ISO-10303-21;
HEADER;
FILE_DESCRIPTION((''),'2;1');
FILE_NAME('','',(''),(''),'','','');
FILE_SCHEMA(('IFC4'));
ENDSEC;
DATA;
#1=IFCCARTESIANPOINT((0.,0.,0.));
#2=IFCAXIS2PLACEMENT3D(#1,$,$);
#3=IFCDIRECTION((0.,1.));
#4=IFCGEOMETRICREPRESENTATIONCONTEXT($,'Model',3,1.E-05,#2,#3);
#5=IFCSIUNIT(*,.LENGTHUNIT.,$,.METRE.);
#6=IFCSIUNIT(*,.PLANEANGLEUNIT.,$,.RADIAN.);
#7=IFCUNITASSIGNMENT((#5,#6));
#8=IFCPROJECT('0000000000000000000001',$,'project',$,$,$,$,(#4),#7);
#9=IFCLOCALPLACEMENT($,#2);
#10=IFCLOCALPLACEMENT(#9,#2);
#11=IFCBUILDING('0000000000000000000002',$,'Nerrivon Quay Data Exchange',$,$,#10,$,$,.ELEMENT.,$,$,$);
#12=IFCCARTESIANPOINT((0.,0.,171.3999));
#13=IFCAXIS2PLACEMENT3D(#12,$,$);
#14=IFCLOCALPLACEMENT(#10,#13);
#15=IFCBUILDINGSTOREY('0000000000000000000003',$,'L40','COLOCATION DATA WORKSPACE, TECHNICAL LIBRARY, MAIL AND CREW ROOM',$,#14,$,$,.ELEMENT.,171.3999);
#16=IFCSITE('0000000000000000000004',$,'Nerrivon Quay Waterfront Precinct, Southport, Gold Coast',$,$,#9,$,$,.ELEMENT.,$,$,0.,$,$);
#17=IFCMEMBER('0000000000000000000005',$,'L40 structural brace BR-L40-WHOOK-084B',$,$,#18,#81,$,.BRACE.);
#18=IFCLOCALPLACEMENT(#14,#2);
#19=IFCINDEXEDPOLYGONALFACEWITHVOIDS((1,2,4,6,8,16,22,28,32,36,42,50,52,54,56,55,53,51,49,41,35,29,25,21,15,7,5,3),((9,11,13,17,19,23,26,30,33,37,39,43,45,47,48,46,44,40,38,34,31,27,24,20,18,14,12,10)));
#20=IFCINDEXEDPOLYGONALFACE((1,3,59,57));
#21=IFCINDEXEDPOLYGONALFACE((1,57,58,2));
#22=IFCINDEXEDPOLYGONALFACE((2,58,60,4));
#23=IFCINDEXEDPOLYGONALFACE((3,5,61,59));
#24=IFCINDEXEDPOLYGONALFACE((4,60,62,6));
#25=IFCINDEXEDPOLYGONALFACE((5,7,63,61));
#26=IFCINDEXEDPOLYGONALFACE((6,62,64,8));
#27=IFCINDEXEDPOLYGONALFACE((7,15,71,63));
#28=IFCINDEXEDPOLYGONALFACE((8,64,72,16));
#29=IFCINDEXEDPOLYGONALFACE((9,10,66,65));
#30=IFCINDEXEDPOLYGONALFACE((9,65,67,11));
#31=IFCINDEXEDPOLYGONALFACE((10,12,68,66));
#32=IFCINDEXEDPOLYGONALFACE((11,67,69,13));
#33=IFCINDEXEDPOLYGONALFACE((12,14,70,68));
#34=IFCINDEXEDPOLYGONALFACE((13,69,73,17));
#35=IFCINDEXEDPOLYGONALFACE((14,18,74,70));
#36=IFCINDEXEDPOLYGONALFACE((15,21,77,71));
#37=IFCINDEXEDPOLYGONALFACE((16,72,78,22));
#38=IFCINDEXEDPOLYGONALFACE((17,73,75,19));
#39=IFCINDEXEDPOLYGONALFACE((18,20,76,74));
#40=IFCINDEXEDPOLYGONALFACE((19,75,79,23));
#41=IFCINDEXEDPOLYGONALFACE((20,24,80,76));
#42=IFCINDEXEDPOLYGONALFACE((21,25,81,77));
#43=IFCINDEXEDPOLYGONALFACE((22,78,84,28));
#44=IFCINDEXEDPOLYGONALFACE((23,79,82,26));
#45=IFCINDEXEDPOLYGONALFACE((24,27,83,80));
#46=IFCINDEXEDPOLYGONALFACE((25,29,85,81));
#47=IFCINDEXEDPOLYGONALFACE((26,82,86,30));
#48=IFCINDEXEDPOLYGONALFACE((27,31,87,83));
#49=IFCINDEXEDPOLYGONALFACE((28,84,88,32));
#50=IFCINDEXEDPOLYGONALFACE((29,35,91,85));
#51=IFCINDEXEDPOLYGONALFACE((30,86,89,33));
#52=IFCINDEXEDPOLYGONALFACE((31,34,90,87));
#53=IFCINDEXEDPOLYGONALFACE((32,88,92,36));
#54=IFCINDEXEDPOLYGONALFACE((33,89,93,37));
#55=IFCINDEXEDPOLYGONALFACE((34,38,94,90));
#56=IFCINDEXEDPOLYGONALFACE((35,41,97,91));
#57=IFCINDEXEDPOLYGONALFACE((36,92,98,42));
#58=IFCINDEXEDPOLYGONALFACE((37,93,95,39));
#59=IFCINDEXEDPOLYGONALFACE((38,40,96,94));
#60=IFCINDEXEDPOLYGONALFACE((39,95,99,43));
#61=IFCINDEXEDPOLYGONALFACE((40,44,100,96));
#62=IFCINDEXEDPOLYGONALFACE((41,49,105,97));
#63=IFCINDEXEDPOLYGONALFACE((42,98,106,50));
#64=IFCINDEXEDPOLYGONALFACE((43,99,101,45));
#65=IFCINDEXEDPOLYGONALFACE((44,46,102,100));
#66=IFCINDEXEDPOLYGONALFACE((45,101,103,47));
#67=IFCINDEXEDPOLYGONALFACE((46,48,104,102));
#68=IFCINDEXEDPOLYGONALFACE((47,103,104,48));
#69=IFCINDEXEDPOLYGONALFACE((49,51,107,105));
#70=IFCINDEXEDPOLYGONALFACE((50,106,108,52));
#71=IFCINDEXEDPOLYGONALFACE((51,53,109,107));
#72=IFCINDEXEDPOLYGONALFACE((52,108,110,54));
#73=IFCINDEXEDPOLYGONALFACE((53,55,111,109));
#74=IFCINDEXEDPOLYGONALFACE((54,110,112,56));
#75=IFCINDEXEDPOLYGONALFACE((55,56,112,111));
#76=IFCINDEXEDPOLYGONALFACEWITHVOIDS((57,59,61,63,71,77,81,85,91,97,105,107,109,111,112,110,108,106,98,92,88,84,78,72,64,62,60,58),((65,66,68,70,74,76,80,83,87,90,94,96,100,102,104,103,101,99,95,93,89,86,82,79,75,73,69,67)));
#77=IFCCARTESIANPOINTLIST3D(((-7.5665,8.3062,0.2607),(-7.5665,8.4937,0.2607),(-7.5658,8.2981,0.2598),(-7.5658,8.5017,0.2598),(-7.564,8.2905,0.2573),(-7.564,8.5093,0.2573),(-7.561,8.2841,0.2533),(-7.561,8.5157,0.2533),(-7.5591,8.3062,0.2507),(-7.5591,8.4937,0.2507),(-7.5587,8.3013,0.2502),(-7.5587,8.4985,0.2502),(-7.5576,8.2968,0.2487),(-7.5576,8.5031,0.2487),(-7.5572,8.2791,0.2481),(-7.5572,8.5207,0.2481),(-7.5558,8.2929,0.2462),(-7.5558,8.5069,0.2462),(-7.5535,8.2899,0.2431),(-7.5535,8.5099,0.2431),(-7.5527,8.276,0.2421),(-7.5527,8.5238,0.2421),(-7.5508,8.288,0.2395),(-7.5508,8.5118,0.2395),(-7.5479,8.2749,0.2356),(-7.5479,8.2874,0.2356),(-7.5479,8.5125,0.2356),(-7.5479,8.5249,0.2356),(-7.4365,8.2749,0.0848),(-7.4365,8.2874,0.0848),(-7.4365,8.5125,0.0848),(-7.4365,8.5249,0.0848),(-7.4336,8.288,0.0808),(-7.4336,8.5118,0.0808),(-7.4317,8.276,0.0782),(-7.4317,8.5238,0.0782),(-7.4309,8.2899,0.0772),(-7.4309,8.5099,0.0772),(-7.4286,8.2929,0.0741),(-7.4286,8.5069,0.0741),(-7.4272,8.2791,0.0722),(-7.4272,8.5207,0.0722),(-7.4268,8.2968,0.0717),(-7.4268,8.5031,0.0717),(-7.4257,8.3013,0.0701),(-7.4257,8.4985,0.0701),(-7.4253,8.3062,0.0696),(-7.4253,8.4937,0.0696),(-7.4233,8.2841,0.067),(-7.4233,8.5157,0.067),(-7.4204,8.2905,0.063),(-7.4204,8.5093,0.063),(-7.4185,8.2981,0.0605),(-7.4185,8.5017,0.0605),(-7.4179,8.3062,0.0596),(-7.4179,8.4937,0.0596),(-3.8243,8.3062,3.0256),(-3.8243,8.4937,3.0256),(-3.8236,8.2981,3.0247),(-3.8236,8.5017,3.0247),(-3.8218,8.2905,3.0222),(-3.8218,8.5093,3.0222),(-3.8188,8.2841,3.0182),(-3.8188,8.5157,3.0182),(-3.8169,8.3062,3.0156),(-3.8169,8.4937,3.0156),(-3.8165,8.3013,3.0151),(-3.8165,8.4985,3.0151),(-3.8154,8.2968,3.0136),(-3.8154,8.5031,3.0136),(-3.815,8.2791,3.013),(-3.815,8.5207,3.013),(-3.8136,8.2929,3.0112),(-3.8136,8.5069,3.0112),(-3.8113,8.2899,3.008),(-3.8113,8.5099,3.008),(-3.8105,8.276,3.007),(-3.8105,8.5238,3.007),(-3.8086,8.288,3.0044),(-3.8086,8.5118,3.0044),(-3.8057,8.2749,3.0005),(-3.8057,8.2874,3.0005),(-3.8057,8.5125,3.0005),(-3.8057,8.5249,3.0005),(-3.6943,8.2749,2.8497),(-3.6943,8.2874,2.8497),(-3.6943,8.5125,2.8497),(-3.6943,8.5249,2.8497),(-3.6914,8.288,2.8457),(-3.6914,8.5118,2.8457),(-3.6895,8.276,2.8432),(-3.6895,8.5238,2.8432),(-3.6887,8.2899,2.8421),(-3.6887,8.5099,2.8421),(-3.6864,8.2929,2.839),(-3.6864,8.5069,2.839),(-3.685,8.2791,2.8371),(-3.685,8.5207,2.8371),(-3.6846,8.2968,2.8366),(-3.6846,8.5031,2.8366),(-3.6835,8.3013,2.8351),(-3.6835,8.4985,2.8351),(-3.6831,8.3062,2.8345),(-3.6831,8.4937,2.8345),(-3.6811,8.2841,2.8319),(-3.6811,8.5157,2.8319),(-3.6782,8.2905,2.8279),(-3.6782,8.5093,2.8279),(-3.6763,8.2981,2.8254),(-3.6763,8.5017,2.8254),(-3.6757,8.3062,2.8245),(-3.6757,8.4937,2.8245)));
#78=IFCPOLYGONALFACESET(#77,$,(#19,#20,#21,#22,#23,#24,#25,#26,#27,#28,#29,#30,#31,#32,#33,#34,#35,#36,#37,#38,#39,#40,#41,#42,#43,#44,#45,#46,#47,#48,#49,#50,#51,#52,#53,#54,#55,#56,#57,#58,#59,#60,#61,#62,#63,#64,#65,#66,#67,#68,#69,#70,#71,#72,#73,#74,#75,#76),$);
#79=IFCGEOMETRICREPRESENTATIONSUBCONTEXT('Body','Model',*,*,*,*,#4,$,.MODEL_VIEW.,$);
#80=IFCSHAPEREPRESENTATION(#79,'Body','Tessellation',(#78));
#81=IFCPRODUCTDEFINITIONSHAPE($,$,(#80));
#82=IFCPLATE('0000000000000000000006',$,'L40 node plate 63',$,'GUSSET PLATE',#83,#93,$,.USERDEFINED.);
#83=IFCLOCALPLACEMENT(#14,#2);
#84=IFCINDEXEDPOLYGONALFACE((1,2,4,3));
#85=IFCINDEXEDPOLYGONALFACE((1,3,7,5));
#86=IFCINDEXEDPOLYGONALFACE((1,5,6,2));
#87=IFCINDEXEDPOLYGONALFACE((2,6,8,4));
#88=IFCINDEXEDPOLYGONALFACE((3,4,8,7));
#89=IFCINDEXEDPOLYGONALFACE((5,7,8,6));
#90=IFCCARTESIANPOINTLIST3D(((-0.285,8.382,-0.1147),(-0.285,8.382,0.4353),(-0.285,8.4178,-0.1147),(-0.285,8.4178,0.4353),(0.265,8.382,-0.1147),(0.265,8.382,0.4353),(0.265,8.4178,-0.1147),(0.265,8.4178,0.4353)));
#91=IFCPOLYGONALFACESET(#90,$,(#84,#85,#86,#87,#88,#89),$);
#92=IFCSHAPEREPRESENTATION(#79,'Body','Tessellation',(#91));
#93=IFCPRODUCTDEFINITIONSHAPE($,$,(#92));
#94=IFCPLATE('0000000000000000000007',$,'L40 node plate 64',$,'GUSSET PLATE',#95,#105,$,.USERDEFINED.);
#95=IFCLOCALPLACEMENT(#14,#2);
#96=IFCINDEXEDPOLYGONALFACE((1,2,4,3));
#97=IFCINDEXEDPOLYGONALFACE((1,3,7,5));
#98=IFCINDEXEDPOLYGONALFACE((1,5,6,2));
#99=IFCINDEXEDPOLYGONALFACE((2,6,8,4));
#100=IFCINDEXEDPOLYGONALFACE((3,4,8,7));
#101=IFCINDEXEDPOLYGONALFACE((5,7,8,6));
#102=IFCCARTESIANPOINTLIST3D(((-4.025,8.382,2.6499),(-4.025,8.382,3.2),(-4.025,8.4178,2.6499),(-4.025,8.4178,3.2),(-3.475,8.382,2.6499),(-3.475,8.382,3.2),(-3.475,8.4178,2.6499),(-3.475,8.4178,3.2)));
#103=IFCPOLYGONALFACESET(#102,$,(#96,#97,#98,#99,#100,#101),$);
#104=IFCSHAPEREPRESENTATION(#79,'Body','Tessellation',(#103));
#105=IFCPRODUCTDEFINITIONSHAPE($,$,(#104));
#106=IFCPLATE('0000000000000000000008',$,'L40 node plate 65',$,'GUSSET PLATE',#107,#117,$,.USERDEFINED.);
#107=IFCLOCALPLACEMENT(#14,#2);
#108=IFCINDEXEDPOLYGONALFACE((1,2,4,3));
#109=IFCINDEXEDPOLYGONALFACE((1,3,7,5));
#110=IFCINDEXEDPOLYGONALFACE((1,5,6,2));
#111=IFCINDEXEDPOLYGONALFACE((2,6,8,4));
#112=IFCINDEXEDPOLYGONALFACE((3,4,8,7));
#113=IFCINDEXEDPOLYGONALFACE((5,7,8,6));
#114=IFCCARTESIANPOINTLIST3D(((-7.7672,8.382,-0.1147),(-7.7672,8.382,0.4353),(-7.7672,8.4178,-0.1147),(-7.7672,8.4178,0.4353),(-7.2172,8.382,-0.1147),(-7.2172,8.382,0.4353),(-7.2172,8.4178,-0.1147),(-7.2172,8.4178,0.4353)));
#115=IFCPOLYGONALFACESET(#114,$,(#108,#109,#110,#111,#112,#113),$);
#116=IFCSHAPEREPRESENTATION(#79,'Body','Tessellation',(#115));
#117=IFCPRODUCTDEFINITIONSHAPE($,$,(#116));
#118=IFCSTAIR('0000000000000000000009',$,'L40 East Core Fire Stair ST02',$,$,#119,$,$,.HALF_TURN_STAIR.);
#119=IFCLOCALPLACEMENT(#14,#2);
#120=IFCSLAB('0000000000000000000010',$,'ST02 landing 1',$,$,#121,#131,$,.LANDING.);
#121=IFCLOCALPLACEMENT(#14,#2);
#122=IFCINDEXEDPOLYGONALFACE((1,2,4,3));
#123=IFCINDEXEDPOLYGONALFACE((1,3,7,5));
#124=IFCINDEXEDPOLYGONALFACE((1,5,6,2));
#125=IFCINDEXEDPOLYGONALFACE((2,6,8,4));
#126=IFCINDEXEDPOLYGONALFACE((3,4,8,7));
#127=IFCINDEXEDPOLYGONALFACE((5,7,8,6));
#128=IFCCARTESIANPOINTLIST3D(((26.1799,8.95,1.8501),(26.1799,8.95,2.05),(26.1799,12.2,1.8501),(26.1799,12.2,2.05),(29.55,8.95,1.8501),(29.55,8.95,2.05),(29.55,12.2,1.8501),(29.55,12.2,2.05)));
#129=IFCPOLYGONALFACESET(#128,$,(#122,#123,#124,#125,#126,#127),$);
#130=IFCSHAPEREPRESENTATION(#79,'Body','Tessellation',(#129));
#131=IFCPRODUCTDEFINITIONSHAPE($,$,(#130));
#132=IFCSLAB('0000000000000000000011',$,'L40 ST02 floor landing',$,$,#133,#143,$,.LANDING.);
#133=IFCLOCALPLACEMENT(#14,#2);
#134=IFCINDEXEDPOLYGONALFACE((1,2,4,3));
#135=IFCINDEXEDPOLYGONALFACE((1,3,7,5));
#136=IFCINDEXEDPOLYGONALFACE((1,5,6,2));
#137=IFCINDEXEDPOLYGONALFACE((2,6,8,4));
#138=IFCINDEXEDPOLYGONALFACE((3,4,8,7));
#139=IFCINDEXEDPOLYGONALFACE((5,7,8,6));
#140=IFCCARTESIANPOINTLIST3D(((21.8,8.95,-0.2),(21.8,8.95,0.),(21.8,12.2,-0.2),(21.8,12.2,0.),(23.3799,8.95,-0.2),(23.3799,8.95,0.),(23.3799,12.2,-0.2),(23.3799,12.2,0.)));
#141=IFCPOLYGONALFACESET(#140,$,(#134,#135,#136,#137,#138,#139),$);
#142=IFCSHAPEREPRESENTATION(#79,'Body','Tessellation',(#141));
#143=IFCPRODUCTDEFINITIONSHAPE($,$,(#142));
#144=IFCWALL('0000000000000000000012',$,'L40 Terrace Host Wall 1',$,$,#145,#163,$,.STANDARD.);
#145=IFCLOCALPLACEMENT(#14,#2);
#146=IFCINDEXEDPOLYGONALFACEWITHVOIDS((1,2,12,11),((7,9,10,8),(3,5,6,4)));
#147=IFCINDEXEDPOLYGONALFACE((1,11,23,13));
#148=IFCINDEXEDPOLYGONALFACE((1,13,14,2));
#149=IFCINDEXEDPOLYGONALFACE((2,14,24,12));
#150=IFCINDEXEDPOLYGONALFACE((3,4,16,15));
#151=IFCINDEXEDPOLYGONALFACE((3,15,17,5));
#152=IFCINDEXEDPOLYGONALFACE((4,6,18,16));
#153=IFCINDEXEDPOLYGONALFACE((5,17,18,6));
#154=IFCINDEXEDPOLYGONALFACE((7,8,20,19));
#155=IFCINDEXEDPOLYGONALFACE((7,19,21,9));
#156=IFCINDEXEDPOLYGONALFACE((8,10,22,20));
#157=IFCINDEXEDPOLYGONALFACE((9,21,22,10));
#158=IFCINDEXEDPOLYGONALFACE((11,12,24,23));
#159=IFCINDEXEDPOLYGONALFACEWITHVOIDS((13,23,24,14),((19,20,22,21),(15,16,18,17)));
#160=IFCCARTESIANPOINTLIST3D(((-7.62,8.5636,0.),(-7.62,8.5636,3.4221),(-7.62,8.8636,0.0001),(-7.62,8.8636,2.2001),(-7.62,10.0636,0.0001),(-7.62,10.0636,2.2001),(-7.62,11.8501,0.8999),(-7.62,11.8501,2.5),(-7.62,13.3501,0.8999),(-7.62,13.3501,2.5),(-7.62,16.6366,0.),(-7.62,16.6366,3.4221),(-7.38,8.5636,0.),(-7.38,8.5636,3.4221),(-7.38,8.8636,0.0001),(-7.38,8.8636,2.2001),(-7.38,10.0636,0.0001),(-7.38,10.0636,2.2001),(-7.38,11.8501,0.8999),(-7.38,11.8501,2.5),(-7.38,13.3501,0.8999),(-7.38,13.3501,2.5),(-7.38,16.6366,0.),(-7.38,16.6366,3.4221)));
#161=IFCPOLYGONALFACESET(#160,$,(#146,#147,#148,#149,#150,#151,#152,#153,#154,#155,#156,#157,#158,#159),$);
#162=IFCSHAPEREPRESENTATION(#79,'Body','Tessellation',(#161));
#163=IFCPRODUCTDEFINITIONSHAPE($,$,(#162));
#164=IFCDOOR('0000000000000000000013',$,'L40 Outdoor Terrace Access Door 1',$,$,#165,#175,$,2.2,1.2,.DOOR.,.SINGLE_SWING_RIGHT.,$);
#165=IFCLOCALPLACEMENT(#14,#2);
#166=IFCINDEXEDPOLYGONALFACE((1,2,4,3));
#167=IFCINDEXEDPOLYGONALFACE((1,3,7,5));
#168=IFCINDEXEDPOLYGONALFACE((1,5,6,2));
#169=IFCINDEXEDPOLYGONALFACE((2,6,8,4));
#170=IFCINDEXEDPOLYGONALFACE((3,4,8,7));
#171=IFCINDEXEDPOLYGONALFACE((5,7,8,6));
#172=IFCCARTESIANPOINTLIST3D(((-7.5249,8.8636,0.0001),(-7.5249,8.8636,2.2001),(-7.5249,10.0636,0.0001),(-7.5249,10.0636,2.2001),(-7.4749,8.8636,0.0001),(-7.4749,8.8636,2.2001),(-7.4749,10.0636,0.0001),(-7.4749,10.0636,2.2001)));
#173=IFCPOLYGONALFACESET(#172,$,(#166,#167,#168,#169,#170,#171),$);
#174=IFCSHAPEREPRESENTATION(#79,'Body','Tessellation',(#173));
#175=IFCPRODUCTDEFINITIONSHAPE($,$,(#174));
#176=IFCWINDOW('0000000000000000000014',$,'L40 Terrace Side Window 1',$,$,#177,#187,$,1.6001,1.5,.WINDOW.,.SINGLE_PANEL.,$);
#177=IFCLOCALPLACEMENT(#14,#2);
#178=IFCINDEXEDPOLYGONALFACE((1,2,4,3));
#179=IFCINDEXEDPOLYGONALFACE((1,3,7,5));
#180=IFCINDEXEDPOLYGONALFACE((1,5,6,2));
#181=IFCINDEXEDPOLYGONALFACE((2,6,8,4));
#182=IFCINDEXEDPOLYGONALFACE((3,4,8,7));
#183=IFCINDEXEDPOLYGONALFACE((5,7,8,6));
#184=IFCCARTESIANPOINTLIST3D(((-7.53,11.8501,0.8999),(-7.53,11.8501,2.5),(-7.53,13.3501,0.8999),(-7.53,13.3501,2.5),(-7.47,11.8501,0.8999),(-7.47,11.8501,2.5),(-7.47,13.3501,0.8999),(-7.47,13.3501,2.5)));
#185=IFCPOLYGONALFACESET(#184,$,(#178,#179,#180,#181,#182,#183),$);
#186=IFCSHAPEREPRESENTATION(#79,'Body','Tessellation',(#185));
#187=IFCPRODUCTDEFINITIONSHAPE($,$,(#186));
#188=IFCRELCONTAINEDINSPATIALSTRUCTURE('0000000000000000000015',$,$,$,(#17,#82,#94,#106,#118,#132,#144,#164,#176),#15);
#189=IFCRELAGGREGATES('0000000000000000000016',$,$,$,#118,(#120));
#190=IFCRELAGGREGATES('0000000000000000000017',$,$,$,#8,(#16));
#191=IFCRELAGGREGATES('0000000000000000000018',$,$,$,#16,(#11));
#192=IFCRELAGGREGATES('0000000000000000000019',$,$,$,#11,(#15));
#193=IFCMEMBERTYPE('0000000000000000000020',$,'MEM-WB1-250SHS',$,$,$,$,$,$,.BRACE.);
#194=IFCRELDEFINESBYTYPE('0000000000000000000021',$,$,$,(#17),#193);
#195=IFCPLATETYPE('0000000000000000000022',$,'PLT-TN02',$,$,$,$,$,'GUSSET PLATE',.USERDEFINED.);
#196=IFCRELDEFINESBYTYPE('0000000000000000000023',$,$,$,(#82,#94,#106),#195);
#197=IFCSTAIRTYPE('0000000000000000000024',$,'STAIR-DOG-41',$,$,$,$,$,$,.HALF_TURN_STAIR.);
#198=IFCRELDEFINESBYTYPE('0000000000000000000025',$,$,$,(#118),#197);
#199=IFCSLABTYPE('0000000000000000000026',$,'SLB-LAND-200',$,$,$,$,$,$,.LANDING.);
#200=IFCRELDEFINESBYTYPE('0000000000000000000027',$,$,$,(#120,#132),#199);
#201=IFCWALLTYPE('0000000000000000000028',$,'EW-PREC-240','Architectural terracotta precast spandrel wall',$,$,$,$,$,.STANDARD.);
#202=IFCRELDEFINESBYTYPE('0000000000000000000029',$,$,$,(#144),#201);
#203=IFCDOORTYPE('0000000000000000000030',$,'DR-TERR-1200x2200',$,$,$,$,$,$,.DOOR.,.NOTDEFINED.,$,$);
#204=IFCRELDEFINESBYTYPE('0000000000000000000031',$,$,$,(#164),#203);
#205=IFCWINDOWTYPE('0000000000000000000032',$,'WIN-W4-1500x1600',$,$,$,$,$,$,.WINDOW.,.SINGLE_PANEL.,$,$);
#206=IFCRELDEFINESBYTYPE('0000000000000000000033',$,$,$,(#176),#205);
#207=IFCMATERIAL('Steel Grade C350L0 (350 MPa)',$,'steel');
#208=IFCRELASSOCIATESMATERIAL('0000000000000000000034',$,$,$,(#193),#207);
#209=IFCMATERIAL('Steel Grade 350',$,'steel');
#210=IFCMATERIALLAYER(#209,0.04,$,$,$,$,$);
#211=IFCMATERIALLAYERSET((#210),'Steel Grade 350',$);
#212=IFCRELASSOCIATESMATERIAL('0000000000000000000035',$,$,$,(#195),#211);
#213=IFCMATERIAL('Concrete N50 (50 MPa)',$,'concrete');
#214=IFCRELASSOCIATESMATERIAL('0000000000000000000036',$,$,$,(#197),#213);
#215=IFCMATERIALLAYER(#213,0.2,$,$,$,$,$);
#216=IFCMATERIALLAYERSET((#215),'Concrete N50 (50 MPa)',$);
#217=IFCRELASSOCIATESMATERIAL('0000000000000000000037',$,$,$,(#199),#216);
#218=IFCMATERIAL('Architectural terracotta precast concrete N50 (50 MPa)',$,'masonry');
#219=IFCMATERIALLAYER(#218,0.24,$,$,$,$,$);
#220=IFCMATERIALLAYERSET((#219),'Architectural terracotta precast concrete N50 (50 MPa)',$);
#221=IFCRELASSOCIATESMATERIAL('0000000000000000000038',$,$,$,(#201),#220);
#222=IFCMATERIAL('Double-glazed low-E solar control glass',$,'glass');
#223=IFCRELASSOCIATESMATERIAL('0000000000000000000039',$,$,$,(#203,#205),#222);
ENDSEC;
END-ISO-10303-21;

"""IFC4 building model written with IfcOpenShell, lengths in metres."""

from ifc_helpers import new_model, si_unit, direction, frame, frame_2d, origin, origin_2d, place, context, subcontext, project, spatial, polyline, rectangle, hollow_rectangle, outline, extrude, material, layer, layer_set, material_profile, profile_set, type_object, element, fill, aggregate, save


model = new_model("IFC4")

# Units and contexts
model_context = context("Model", 3, precision=1e-05, world=origin(), true_north=direction((0.0, 1.0)))
body_context = subcontext(model_context, "Body", "Model", "MODEL_VIEW")
ifc_project = project(units=[si_unit("LENGTHUNIT", "METRE"), si_unit("PLANEANGLEUNIT", "RADIAN")], contexts=[model_context])

# Site, building, storey
site_placement = place(None, origin())
site = spatial("IfcSite", under=ifc_project, at=site_placement, Name="Nerrivon Quay Waterfront Precinct, Southport, Gold Coast", CompositionType="ELEMENT", RefElevation=0.0)
building_placement = place(site_placement, origin())
building = spatial("IfcBuilding", under=site, at=building_placement, Name="Nerrivon Quay Data Exchange", CompositionType="ELEMENT")
storey_placement = place(building_placement, frame((0.0, 0.0, 171.3999)))
storey = spatial("IfcBuildingStorey", under=building, at=storey_placement, Name="L40", Description="COLOCATION DATA WORKSPACE, TECHNICAL LIBRARY, MAIL AND CREW ROOM", CompositionType="ELEMENT", Elevation=171.3999)

# Shared definitions
ifc_material_1 = material(Name="Steel Grade 350", Category="steel")

# Member
ifc_material_2 = material(Name="Steel Grade C350L0 (350 MPa)", Category="steel")
ifc_material_profile_1 = material_profile(ifc_material_2, hollow_rectangle(XDim=0.25, YDim=0.25, WallThickness=0.0125, InnerFilletRadius=0.0188, OuterFilletRadius=0.0312, at=origin_2d()), Name="250x250x12.5SHS")
ifc_profile_set_1 = profile_set([ifc_material_profile_1], Name="Steel Grade C350L0 (350 MPa)")
member_type_1 = type_object("IfcMemberType", Name="MEM-WB1-250SHS", PredefinedType="BRACE", material=ifc_profile_set_1)
member_1_placement = place(storey_placement, frame((-7.4922, 8.3999, 0.1602), z_axis=(0.804286, 0.0, 0.594242), x_axis=(0.0, 1.0, 0.0)))
element("IfcMember", 1, at=member_1_placement, inside=storey, type_object=member_type_1, Name="L40 structural brace BR-L40-WHOOK-084B", PredefinedType="BRACE", context=body_context, shape_type="SweptSolid", body=[
    extrude(hollow_rectangle(XDim=0.25, YDim=0.25, WallThickness=0.0125, InnerFilletRadius=0.0188, OuterFilletRadius=0.0312, at=origin_2d()), origin(), (0.0, 0.0, 1.0), 4.6528),
])

# Plates
ifc_layer_1 = layer(ifc_material_1, 0.04)
ifc_layer_set_1 = layer_set([ifc_layer_1], Name="Steel Grade 350")
plate_type = type_object("IfcPlateType", Name="PLT-TN02", ElementType="GUSSET PLATE", PredefinedType="USERDEFINED", material=ifc_layer_set_1)
for number, where, z_axis, x_axis, name in (
    (2, (-0.01, 8.3999, -0.1147), (0.0, 0.0, 1.0), (1.0, 0.0, 0.0), "L40 node plate 63"),
    (3, (-3.75, 8.3999, 2.6499), (0.0, 0.0, 1.0), (1.0, 0.0, 0.0), "L40 node plate 64"),
    (4, (-7.4922, 8.3999, -0.1147), (0.0, 0.0, 1.0), (1.0, 0.0, 0.0), "L40 node plate 65"),
):
    element("IfcPlate", number, at=place(storey_placement, frame(where, z_axis=z_axis, x_axis=x_axis)), inside=storey, type_object=plate_type, Name=name, ObjectType="GUSSET PLATE", PredefinedType="USERDEFINED", context=body_context, shape_type="SweptSolid", body=[
        extrude(rectangle(XDim=0.55, YDim=0.0359, at=origin_2d()), origin(), (0.0, 0.0, 1.0), 0.55),
    ])

# Stair, slab
ifc_material_3 = material(Name="Concrete N50 (50 MPa)", Category="concrete")
stair_type = type_object("IfcStairType", Name="STAIR-DOG-41", PredefinedType="HALF_TURN_STAIR", material=ifc_material_3)
stair_placement = place(storey_placement, origin())
stair = element("IfcStair", 5, at=stair_placement, inside=storey, type_object=stair_type, Name="L40 East Core Fire Stair ST02", PredefinedType="HALF_TURN_STAIR")
ifc_layer_2 = layer(ifc_material_3, 0.2)
ifc_layer_set_2 = layer_set([ifc_layer_2], Name="Concrete N50 (50 MPa)")
slab_type = type_object("IfcSlabType", Name="SLB-LAND-200", PredefinedType="LANDING", material=ifc_layer_set_2)
slab_1_placement = place(storey_placement, frame((0.0, 0.0, 1.8501)))
slab_1 = element("IfcSlab", 6, at=slab_1_placement, type_object=slab_type, Name="ST02 landing 1", PredefinedType="LANDING", context=body_context, shape_type="SweptSolid", body=[
    extrude(outline(polyline([(26.1799, 8.95), (29.55, 8.95), (29.55, 12.2), (26.1799, 12.2), (26.1799, 8.95)])), origin(), (0.0, 0.0, 1.0), 0.2),
])
aggregate(stair, [slab_1])

# Slab
slab_2_placement = place(storey_placement, frame((0.0, 0.0, -0.2)))
element("IfcSlab", 7, at=slab_2_placement, inside=storey, type_object=slab_type, Name="L40 ST02 floor landing", PredefinedType="LANDING", context=body_context, shape_type="SweptSolid", body=[
    extrude(outline(polyline([(21.8, 8.95), (23.3799, 8.95), (23.3799, 12.2), (21.8, 12.2), (21.8, 8.95)])), origin(), (0.0, 0.0, 1.0), 0.2),
])

# Wall, openings, door, window
ifc_material_4 = material(Name="Architectural terracotta precast concrete N50 (50 MPa)", Category="masonry")
ifc_layer_3 = layer(ifc_material_4, 0.24)
ifc_layer_set_3 = layer_set([ifc_layer_3], Name="Architectural terracotta precast concrete N50 (50 MPa)")
wall_type_1 = type_object("IfcWallType", Name="EW-PREC-240", Description="Architectural terracotta precast spandrel wall", PredefinedType="STANDARD", material=ifc_layer_set_3)
wall_1_placement = place(storey_placement, frame((-7.5, 8.5635, 0.0), z_axis=(0.0, 0.0, 1.0), x_axis=(0.0, 1.0, 0.0)))
wall_1 = element("IfcWall", 8, at=wall_1_placement, inside=storey, type_object=wall_type_1, Name="L40 Terrace Host Wall 1", PredefinedType="STANDARD", context=body_context, shape_type="SweptSolid", body=[
    extrude(rectangle(XDim=8.073, YDim=0.24, at=frame_2d((4.0366, 0.0))), origin(), (0.0, 0.0, 1.0), 3.4221),
])
opening_1_placement = place(wall_1_placement, frame((0.3, 0.0, 0.0)))
opening_1 = element("IfcOpeningElement", 9, at=opening_1_placement, cuts=wall_1, PredefinedType="OPENING", context=body_context, shape_type="SweptSolid", body=[
    extrude(rectangle(XDim=1.2, YDim=2.2, at=frame_2d((0.6001, 1.1001))), frame((0.0, 0.1299, 0.0), z_axis=(0.0, -1.0, 0.0), x_axis=(1.0, 0.0, 0.0)), (0.0, 0.0, 1.0), 0.26),
])
opening_2_placement = place(wall_1_placement, frame((3.2866, 0.0, 0.8999)))
opening_2 = element("IfcOpeningElement", 10, at=opening_2_placement, cuts=wall_1, PredefinedType="OPENING", context=body_context, shape_type="SweptSolid", body=[
    extrude(rectangle(XDim=1.5, YDim=1.6001, at=frame_2d((0.75, 0.8))), frame((0.0, 0.1299, 0.0), z_axis=(0.0, -1.0, 0.0), x_axis=(1.0, 0.0, 0.0)), (0.0, 0.0, 1.0), 0.26),
])
ifc_material_5 = material(Name="Double-glazed low-E solar control glass", Category="glass")
door_type = type_object("IfcDoorType", Name="DR-TERR-1200x2200", OperationType="NOTDEFINED", PredefinedType="DOOR", material=ifc_material_5)
door_1_placement = place(opening_1_placement, origin())
door_1 = element("IfcDoor", 11, at=door_1_placement, inside=storey, type_object=door_type, Name="L40 Outdoor Terrace Access Door 1", OperationType="SINGLE_SWING_RIGHT", OverallHeight=2.2, OverallWidth=1.2, PredefinedType="DOOR", context=body_context, shape_type="SweptSolid", body=[
    extrude(rectangle(XDim=1.2, YDim=2.2, at=frame_2d((0.6001, 1.1001))), frame((0.0, 0.0249, 0.0), z_axis=(0.0, -1.0, 0.0), x_axis=(1.0, 0.0, 0.0)), (0.0, 0.0, 1.0), 0.05),
])
fill(opening_1, door_1)
window_type_1 = type_object("IfcWindowType", Name="WIN-W4-1500x1600", PartitioningType="SINGLE_PANEL", PredefinedType="WINDOW", material=ifc_material_5)
window_1_placement = place(opening_2_placement, origin())
window_1 = element("IfcWindow", 12, at=window_1_placement, inside=storey, type_object=window_type_1, Name="L40 Terrace Side Window 1", OverallHeight=1.6001, OverallWidth=1.5, PartitioningType="SINGLE_PANEL", PredefinedType="WINDOW", context=body_context, shape_type="SweptSolid", body=[
    extrude(rectangle(XDim=1.5, YDim=1.6001, at=frame_2d((0.75, 0.8))), frame((0.0, 0.03, 0.0), z_axis=(0.0, -1.0, 0.0), x_axis=(1.0, 0.0, 0.0)), (0.0, 0.0, 1.0), 0.0601),
])
fill(opening_2, window_1)

save(model, "model.ifc")
